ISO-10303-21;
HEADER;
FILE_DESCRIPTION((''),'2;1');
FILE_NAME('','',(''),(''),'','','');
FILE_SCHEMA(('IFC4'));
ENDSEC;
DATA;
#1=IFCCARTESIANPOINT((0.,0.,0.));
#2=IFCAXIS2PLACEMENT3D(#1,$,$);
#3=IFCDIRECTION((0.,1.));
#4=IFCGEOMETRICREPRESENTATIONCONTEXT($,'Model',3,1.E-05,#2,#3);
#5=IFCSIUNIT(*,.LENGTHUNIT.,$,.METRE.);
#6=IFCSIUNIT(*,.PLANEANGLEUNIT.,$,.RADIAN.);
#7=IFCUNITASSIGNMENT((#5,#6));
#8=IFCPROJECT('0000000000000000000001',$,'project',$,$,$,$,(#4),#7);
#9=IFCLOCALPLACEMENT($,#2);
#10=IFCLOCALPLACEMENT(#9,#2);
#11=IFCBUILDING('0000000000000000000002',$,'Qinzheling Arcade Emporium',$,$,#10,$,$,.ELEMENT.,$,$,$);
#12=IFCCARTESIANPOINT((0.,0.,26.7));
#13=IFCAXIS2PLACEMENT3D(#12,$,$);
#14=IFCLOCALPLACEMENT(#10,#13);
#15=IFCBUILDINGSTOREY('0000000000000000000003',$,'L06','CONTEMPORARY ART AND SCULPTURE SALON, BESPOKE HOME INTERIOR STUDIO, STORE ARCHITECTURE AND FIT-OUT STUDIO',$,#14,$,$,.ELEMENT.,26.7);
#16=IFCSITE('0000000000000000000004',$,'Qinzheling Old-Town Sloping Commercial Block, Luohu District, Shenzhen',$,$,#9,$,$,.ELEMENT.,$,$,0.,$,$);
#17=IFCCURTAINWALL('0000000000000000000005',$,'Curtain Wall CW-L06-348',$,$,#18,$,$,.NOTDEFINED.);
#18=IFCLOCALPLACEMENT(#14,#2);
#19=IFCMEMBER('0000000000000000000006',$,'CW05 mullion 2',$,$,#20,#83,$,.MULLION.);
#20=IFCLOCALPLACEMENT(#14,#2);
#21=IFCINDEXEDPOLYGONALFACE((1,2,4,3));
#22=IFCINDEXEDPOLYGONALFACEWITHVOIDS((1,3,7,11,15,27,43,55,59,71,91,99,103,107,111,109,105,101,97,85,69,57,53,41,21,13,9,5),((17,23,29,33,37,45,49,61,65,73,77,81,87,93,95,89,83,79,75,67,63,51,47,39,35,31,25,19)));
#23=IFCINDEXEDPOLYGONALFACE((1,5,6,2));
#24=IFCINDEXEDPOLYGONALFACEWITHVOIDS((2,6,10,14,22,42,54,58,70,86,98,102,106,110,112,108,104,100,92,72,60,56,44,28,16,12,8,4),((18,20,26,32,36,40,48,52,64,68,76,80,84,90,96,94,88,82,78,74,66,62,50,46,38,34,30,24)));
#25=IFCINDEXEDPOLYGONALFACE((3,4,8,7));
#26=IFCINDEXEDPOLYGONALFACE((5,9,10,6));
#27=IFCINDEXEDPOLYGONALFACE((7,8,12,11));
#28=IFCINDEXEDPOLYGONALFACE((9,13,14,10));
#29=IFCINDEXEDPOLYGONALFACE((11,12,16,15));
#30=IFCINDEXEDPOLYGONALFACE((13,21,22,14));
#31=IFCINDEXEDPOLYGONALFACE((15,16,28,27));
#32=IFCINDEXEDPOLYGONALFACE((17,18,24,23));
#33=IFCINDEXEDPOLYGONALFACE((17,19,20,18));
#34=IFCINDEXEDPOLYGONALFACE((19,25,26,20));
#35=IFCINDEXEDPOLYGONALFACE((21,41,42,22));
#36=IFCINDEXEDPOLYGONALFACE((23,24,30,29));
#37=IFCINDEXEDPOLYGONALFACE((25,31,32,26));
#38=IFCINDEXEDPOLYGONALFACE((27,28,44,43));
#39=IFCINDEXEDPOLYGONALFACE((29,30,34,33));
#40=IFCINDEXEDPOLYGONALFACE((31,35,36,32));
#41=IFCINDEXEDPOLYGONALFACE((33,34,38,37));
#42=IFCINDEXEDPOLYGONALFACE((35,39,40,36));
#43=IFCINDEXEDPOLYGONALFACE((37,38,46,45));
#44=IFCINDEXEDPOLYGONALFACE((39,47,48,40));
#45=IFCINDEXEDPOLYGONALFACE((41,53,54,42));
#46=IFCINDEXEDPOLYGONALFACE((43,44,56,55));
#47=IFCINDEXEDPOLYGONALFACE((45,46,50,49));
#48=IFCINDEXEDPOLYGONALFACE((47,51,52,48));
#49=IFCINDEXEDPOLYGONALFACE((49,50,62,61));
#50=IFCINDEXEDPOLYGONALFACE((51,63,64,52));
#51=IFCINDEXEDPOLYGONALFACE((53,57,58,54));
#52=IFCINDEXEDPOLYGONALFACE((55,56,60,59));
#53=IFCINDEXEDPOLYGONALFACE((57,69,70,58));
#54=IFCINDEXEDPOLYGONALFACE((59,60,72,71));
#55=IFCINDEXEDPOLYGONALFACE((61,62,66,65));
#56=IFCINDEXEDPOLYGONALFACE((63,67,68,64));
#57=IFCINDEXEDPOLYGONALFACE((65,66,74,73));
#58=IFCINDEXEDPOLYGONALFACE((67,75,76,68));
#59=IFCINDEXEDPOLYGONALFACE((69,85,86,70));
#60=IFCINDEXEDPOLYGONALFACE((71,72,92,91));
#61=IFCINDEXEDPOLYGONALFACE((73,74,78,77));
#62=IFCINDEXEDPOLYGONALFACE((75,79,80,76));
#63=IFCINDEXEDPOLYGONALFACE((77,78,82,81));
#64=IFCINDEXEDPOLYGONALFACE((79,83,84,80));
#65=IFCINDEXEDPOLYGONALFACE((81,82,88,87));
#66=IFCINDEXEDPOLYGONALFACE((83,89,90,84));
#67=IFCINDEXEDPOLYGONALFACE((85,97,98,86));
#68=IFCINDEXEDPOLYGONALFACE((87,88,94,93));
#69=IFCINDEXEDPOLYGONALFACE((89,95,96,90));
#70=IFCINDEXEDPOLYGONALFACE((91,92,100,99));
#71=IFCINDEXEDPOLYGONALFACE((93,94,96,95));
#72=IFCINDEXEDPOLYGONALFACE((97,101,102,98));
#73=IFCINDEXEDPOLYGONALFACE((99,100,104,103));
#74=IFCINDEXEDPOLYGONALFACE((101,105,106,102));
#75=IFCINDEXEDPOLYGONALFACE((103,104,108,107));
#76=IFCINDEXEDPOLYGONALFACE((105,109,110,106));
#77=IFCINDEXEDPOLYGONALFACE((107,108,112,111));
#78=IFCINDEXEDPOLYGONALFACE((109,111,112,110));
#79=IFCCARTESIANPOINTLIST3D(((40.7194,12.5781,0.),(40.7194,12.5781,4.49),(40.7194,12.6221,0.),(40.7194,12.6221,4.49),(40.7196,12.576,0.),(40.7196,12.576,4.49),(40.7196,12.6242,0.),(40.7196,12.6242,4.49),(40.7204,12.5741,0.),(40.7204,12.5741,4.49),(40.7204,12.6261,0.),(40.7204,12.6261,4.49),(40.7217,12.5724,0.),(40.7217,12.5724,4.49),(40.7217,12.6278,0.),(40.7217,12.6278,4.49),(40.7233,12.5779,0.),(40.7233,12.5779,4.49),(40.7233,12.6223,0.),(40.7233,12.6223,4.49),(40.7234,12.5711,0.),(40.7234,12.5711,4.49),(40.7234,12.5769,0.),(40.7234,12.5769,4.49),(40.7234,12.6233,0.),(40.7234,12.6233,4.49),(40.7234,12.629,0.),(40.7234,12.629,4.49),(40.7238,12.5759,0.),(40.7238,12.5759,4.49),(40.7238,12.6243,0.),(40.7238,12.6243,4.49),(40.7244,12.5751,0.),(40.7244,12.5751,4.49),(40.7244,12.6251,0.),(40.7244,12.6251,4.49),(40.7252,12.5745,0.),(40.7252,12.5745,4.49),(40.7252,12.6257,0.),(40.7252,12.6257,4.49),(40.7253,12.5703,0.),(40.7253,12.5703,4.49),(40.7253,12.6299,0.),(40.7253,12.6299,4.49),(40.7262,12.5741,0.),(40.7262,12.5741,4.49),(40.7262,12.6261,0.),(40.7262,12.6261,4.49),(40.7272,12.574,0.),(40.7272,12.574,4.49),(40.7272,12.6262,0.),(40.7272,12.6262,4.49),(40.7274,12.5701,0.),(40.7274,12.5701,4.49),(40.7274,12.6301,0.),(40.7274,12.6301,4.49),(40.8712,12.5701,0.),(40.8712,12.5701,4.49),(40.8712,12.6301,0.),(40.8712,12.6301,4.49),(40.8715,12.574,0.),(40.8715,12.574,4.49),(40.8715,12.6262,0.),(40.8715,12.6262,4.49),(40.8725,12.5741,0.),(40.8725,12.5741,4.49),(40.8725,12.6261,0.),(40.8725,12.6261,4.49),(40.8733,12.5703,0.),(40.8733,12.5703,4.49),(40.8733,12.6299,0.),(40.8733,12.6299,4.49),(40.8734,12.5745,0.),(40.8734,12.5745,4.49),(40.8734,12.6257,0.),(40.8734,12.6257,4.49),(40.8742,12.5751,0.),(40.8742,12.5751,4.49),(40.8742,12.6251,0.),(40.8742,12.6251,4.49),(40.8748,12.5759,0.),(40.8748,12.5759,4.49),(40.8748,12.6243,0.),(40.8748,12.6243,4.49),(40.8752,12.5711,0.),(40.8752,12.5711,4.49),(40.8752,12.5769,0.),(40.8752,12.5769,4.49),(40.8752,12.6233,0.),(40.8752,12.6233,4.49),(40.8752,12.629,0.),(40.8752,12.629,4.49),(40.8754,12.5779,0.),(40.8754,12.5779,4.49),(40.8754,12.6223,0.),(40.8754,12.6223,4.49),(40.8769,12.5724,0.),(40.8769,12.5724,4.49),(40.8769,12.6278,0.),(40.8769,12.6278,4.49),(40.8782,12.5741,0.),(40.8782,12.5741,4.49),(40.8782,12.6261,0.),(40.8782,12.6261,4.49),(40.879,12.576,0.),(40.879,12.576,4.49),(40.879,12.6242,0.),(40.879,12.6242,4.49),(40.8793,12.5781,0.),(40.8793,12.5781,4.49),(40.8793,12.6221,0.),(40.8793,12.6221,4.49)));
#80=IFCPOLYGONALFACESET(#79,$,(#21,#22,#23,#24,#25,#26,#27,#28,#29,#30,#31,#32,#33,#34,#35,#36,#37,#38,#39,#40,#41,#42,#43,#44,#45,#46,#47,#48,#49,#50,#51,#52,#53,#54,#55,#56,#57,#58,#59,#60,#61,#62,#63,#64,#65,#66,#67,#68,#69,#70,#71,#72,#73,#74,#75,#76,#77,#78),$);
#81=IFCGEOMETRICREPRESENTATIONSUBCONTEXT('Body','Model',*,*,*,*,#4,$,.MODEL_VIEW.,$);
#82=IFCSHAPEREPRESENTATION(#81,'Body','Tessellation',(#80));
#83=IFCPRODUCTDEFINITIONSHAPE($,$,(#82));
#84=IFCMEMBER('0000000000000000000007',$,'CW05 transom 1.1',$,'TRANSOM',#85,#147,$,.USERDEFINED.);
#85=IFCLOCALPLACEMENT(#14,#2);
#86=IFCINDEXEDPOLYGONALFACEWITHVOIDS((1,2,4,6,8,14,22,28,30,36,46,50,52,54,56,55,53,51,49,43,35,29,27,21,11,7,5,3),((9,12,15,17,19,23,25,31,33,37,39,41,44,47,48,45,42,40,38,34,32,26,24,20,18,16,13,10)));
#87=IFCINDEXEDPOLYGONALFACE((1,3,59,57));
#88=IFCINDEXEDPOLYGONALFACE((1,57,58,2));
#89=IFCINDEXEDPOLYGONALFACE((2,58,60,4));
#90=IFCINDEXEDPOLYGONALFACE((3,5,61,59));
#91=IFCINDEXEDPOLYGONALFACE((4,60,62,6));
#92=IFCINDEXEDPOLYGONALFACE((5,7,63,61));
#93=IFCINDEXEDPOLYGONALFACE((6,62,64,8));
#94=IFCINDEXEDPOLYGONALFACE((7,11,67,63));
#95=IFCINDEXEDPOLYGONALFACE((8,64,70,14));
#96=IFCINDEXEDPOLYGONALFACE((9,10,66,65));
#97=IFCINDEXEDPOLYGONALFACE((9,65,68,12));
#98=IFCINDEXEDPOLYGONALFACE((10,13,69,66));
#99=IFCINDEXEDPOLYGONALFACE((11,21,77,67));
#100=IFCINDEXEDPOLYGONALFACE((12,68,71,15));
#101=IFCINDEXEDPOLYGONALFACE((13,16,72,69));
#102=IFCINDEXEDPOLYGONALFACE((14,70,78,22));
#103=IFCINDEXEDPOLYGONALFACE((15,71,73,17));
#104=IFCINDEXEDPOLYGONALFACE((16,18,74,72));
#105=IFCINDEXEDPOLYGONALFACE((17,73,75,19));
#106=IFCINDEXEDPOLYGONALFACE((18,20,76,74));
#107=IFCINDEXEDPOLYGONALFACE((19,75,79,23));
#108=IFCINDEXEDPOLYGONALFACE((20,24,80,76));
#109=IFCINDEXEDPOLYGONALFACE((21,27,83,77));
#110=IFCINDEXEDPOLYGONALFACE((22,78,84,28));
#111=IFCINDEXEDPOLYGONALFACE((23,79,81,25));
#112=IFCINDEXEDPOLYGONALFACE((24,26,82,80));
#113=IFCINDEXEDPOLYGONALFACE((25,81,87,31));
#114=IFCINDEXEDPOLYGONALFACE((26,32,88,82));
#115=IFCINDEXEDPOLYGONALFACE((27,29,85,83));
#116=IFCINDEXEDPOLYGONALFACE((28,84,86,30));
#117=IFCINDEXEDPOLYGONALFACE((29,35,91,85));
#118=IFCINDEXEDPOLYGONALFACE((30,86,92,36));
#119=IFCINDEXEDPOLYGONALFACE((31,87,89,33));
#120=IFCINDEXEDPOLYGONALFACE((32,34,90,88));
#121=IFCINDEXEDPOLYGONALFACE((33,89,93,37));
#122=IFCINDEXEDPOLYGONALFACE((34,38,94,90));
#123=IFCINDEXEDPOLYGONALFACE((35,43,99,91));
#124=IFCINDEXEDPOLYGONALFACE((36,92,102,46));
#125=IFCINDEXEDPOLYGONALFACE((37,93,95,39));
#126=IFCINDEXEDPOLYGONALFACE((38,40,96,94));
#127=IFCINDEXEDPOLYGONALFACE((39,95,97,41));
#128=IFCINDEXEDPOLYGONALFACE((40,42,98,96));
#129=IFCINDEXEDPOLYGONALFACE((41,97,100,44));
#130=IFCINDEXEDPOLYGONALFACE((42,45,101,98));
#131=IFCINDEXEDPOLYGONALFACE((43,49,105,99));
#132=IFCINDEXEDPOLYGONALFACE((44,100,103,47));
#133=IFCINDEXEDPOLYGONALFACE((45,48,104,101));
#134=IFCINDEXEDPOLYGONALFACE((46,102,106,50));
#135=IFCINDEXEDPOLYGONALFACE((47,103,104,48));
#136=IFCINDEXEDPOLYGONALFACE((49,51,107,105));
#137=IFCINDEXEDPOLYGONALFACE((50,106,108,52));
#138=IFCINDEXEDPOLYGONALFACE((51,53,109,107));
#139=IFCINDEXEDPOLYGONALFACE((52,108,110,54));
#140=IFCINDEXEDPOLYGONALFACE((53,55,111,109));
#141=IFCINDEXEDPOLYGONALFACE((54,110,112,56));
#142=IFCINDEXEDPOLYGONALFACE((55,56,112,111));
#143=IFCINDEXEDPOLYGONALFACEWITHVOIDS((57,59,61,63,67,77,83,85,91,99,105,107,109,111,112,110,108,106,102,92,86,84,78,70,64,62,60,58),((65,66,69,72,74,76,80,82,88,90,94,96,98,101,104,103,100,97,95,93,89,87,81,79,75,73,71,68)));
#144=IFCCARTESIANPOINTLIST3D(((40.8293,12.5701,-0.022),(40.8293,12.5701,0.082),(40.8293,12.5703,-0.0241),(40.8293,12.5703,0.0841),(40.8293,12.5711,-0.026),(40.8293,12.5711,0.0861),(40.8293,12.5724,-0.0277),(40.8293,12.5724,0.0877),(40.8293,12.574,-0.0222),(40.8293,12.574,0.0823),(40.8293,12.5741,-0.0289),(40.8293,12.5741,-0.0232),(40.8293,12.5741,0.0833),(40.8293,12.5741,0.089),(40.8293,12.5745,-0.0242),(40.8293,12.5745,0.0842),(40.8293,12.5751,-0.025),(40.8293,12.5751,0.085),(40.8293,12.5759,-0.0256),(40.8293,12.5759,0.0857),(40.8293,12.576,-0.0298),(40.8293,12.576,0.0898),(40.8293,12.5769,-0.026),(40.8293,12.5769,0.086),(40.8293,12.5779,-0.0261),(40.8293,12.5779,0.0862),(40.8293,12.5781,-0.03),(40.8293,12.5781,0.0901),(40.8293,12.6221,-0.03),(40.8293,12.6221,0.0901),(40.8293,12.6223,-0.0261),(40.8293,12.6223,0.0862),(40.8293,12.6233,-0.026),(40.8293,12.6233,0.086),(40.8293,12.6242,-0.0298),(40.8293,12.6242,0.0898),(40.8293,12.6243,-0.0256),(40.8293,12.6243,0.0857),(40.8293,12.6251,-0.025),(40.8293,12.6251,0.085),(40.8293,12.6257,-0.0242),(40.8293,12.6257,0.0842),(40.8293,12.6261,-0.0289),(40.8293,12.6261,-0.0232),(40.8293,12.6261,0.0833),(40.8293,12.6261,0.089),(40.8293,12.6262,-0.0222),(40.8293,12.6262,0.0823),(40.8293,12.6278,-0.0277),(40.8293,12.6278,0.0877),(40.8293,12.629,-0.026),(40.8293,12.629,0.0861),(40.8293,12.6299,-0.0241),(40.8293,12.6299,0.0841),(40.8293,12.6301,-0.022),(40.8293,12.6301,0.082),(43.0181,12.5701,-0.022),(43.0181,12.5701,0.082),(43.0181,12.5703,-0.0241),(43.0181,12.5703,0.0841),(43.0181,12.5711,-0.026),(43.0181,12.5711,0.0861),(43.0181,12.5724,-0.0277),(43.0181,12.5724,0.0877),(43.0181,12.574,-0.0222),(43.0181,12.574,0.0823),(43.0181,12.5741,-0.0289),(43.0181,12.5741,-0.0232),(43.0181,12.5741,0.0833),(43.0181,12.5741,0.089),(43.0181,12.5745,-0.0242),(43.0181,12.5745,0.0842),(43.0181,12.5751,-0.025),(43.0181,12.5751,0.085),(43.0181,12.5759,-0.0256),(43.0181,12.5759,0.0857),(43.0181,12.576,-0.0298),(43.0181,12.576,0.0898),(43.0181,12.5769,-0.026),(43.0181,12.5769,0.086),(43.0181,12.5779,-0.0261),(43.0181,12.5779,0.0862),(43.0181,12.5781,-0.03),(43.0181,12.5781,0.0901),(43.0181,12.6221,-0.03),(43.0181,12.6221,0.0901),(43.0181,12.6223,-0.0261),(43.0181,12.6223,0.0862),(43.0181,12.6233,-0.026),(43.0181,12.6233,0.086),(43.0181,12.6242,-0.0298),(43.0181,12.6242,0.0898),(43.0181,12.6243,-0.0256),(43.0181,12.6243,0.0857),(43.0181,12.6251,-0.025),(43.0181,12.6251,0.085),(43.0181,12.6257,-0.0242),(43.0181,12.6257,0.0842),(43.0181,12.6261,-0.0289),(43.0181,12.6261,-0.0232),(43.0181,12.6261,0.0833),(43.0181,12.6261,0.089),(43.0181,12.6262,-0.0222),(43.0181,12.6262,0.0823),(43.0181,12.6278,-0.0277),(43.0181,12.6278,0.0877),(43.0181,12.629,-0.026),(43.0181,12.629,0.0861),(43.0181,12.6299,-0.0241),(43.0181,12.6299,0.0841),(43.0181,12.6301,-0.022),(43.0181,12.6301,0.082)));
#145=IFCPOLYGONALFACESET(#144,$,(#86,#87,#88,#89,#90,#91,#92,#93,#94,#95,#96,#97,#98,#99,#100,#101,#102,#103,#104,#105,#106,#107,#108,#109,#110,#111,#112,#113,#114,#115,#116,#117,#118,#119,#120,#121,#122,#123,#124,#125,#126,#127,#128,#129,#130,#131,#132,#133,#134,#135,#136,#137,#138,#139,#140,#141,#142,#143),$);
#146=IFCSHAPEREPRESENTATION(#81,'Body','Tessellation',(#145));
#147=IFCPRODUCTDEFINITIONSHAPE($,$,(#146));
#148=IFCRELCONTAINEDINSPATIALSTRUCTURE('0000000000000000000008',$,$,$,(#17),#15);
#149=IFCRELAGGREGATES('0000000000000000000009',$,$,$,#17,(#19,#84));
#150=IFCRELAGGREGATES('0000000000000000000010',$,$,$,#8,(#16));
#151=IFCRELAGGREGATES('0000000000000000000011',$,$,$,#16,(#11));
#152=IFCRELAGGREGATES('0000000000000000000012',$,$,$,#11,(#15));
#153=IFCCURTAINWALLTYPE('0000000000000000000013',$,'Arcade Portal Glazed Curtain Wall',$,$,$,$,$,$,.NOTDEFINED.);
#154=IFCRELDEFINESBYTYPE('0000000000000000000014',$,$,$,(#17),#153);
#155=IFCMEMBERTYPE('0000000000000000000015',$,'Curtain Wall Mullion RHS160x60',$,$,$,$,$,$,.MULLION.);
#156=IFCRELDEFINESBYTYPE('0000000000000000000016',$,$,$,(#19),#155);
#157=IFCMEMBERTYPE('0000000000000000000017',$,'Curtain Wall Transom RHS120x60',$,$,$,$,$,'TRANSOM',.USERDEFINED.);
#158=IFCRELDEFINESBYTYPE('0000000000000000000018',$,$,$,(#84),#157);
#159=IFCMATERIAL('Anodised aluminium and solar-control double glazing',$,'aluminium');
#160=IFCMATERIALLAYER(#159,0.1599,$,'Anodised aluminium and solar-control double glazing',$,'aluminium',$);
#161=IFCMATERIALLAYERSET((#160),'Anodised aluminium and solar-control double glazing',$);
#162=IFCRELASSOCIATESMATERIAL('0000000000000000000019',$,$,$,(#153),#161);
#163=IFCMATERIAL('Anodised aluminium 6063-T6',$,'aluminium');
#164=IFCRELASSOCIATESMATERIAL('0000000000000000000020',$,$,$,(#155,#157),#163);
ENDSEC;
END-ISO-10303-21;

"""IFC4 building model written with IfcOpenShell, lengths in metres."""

from ifc_helpers import new_model, si_unit, direction, frame, origin, origin_2d, place, context, subcontext, project, spatial, hollow_rectangle, extrude, material, layer, layer_set, material_profile, profile_set, type_object, element, aggregate, save


model = new_model("IFC4")

# Units and contexts
model_context = context("Model", 3, precision=1e-05, world=origin(), true_north=direction((0.0, 1.0)))
body_context = subcontext(model_context, "Body", "Model", "MODEL_VIEW")
ifc_project = project(units=[si_unit("LENGTHUNIT", "METRE"), si_unit("PLANEANGLEUNIT", "RADIAN")], contexts=[model_context])

# Site, building, storey
site_placement = place(None, origin())
site = spatial("IfcSite", under=ifc_project, at=site_placement, Name="Qinzheling Old-Town Sloping Commercial Block, Luohu District, Shenzhen", CompositionType="ELEMENT", RefElevation=0.0)
building_placement = place(site_placement, origin())
building = spatial("IfcBuilding", under=site, at=building_placement, Name="Qinzheling Arcade Emporium", CompositionType="ELEMENT")
storey_placement = place(building_placement, frame((0.0, 0.0, 26.7)))
storey = spatial("IfcBuildingStorey", under=building, at=storey_placement, Name="L06", Description="CONTEMPORARY ART AND SCULPTURE SALON, BESPOKE HOME INTERIOR STUDIO, STORE ARCHITECTURE AND FIT-OUT STUDIO", CompositionType="ELEMENT", Elevation=26.7)

# Shared definitions
ifc_material_1 = material(Name="Anodised aluminium and solar-control double glazing", Category="aluminium")
ifc_layer_1 = layer(ifc_material_1, 0.1599, Name="Anodised aluminium and solar-control double glazing", Category="aluminium")
ifc_layer_set_1 = layer_set([ifc_layer_1], Name="Anodised aluminium and solar-control double glazing")
curtain_wall_type = type_object("IfcCurtainWallType", Name="Arcade Portal Glazed Curtain Wall", PredefinedType="NOTDEFINED", material=ifc_layer_set_1)
ifc_material_2 = material(Name="Anodised aluminium 6063-T6", Category="aluminium")
ifc_material_profile_1 = material_profile(ifc_material_2, hollow_rectangle(XDim=0.0601, YDim=0.1599, WallThickness=0.0039, InnerFilletRadius=0.0039, OuterFilletRadius=0.0081, at=origin_2d()), Name="RHS 160x60x4", Category="aluminium")
ifc_profile_set_1 = profile_set([ifc_material_profile_1], Name="Anodised aluminium 6063-T6")
member_type_1 = type_object("IfcMemberType", Name="Curtain Wall Mullion RHS160x60", PredefinedType="MULLION", material=ifc_profile_set_1)

# Curtain wall, members
curtain_wall_1_placement = place(storey_placement, origin())
curtain_wall_1 = element("IfcCurtainWall", 1, at=curtain_wall_1_placement, inside=storey, type_object=curtain_wall_type, Name="Curtain Wall CW-L06-348", PredefinedType="NOTDEFINED")
member_1_placement = place(storey_placement, frame((40.7993, 12.6001, 0.0), z_axis=(0.0, 0.0, 1.0), x_axis=(0.0, -1.0, 0.0)))
member_1 = element("IfcMember", 2, at=member_1_placement, type_object=member_type_1, Name="CW05 mullion 2", PredefinedType="MULLION", context=body_context, shape_type="SweptSolid", body=[
    extrude(hollow_rectangle(XDim=0.0601, YDim=0.1599, WallThickness=0.0039, InnerFilletRadius=0.0039, OuterFilletRadius=0.0081, at=origin_2d()), origin(), (0.0, 0.0, 1.0), 4.49),
])
ifc_material_profile_2 = material_profile(ifc_material_2, hollow_rectangle(XDim=0.0601, YDim=0.1201, WallThickness=0.0039, InnerFilletRadius=0.0039, OuterFilletRadius=0.0081, at=origin_2d()), Name="RHS 120x60x4", Category="aluminium")
ifc_profile_set_2 = profile_set([ifc_material_profile_2], Name="Anodised aluminium 6063-T6")
member_type_2 = type_object("IfcMemberType", Name="Curtain Wall Transom RHS120x60", ElementType="TRANSOM", PredefinedType="USERDEFINED", material=ifc_profile_set_2)
member_2_placement = place(storey_placement, frame((43.0181, 12.6001, 0.03), z_axis=(-1.0, 0.0, 0.0), x_axis=(0.0, -1.0, 0.0)))
member_2 = element("IfcMember", 3, at=member_2_placement, type_object=member_type_2, Name="CW05 transom 1.1", ObjectType="TRANSOM", PredefinedType="USERDEFINED", context=body_context, shape_type="SweptSolid", body=[
    extrude(hollow_rectangle(XDim=0.0601, YDim=0.1201, WallThickness=0.0039, InnerFilletRadius=0.0039, OuterFilletRadius=0.0081, at=origin_2d()), origin(), (0.0, 0.0, 1.0), 2.1887),
])

aggregate(curtain_wall_1, [member_1, member_2])

save(model, "model.ifc")
